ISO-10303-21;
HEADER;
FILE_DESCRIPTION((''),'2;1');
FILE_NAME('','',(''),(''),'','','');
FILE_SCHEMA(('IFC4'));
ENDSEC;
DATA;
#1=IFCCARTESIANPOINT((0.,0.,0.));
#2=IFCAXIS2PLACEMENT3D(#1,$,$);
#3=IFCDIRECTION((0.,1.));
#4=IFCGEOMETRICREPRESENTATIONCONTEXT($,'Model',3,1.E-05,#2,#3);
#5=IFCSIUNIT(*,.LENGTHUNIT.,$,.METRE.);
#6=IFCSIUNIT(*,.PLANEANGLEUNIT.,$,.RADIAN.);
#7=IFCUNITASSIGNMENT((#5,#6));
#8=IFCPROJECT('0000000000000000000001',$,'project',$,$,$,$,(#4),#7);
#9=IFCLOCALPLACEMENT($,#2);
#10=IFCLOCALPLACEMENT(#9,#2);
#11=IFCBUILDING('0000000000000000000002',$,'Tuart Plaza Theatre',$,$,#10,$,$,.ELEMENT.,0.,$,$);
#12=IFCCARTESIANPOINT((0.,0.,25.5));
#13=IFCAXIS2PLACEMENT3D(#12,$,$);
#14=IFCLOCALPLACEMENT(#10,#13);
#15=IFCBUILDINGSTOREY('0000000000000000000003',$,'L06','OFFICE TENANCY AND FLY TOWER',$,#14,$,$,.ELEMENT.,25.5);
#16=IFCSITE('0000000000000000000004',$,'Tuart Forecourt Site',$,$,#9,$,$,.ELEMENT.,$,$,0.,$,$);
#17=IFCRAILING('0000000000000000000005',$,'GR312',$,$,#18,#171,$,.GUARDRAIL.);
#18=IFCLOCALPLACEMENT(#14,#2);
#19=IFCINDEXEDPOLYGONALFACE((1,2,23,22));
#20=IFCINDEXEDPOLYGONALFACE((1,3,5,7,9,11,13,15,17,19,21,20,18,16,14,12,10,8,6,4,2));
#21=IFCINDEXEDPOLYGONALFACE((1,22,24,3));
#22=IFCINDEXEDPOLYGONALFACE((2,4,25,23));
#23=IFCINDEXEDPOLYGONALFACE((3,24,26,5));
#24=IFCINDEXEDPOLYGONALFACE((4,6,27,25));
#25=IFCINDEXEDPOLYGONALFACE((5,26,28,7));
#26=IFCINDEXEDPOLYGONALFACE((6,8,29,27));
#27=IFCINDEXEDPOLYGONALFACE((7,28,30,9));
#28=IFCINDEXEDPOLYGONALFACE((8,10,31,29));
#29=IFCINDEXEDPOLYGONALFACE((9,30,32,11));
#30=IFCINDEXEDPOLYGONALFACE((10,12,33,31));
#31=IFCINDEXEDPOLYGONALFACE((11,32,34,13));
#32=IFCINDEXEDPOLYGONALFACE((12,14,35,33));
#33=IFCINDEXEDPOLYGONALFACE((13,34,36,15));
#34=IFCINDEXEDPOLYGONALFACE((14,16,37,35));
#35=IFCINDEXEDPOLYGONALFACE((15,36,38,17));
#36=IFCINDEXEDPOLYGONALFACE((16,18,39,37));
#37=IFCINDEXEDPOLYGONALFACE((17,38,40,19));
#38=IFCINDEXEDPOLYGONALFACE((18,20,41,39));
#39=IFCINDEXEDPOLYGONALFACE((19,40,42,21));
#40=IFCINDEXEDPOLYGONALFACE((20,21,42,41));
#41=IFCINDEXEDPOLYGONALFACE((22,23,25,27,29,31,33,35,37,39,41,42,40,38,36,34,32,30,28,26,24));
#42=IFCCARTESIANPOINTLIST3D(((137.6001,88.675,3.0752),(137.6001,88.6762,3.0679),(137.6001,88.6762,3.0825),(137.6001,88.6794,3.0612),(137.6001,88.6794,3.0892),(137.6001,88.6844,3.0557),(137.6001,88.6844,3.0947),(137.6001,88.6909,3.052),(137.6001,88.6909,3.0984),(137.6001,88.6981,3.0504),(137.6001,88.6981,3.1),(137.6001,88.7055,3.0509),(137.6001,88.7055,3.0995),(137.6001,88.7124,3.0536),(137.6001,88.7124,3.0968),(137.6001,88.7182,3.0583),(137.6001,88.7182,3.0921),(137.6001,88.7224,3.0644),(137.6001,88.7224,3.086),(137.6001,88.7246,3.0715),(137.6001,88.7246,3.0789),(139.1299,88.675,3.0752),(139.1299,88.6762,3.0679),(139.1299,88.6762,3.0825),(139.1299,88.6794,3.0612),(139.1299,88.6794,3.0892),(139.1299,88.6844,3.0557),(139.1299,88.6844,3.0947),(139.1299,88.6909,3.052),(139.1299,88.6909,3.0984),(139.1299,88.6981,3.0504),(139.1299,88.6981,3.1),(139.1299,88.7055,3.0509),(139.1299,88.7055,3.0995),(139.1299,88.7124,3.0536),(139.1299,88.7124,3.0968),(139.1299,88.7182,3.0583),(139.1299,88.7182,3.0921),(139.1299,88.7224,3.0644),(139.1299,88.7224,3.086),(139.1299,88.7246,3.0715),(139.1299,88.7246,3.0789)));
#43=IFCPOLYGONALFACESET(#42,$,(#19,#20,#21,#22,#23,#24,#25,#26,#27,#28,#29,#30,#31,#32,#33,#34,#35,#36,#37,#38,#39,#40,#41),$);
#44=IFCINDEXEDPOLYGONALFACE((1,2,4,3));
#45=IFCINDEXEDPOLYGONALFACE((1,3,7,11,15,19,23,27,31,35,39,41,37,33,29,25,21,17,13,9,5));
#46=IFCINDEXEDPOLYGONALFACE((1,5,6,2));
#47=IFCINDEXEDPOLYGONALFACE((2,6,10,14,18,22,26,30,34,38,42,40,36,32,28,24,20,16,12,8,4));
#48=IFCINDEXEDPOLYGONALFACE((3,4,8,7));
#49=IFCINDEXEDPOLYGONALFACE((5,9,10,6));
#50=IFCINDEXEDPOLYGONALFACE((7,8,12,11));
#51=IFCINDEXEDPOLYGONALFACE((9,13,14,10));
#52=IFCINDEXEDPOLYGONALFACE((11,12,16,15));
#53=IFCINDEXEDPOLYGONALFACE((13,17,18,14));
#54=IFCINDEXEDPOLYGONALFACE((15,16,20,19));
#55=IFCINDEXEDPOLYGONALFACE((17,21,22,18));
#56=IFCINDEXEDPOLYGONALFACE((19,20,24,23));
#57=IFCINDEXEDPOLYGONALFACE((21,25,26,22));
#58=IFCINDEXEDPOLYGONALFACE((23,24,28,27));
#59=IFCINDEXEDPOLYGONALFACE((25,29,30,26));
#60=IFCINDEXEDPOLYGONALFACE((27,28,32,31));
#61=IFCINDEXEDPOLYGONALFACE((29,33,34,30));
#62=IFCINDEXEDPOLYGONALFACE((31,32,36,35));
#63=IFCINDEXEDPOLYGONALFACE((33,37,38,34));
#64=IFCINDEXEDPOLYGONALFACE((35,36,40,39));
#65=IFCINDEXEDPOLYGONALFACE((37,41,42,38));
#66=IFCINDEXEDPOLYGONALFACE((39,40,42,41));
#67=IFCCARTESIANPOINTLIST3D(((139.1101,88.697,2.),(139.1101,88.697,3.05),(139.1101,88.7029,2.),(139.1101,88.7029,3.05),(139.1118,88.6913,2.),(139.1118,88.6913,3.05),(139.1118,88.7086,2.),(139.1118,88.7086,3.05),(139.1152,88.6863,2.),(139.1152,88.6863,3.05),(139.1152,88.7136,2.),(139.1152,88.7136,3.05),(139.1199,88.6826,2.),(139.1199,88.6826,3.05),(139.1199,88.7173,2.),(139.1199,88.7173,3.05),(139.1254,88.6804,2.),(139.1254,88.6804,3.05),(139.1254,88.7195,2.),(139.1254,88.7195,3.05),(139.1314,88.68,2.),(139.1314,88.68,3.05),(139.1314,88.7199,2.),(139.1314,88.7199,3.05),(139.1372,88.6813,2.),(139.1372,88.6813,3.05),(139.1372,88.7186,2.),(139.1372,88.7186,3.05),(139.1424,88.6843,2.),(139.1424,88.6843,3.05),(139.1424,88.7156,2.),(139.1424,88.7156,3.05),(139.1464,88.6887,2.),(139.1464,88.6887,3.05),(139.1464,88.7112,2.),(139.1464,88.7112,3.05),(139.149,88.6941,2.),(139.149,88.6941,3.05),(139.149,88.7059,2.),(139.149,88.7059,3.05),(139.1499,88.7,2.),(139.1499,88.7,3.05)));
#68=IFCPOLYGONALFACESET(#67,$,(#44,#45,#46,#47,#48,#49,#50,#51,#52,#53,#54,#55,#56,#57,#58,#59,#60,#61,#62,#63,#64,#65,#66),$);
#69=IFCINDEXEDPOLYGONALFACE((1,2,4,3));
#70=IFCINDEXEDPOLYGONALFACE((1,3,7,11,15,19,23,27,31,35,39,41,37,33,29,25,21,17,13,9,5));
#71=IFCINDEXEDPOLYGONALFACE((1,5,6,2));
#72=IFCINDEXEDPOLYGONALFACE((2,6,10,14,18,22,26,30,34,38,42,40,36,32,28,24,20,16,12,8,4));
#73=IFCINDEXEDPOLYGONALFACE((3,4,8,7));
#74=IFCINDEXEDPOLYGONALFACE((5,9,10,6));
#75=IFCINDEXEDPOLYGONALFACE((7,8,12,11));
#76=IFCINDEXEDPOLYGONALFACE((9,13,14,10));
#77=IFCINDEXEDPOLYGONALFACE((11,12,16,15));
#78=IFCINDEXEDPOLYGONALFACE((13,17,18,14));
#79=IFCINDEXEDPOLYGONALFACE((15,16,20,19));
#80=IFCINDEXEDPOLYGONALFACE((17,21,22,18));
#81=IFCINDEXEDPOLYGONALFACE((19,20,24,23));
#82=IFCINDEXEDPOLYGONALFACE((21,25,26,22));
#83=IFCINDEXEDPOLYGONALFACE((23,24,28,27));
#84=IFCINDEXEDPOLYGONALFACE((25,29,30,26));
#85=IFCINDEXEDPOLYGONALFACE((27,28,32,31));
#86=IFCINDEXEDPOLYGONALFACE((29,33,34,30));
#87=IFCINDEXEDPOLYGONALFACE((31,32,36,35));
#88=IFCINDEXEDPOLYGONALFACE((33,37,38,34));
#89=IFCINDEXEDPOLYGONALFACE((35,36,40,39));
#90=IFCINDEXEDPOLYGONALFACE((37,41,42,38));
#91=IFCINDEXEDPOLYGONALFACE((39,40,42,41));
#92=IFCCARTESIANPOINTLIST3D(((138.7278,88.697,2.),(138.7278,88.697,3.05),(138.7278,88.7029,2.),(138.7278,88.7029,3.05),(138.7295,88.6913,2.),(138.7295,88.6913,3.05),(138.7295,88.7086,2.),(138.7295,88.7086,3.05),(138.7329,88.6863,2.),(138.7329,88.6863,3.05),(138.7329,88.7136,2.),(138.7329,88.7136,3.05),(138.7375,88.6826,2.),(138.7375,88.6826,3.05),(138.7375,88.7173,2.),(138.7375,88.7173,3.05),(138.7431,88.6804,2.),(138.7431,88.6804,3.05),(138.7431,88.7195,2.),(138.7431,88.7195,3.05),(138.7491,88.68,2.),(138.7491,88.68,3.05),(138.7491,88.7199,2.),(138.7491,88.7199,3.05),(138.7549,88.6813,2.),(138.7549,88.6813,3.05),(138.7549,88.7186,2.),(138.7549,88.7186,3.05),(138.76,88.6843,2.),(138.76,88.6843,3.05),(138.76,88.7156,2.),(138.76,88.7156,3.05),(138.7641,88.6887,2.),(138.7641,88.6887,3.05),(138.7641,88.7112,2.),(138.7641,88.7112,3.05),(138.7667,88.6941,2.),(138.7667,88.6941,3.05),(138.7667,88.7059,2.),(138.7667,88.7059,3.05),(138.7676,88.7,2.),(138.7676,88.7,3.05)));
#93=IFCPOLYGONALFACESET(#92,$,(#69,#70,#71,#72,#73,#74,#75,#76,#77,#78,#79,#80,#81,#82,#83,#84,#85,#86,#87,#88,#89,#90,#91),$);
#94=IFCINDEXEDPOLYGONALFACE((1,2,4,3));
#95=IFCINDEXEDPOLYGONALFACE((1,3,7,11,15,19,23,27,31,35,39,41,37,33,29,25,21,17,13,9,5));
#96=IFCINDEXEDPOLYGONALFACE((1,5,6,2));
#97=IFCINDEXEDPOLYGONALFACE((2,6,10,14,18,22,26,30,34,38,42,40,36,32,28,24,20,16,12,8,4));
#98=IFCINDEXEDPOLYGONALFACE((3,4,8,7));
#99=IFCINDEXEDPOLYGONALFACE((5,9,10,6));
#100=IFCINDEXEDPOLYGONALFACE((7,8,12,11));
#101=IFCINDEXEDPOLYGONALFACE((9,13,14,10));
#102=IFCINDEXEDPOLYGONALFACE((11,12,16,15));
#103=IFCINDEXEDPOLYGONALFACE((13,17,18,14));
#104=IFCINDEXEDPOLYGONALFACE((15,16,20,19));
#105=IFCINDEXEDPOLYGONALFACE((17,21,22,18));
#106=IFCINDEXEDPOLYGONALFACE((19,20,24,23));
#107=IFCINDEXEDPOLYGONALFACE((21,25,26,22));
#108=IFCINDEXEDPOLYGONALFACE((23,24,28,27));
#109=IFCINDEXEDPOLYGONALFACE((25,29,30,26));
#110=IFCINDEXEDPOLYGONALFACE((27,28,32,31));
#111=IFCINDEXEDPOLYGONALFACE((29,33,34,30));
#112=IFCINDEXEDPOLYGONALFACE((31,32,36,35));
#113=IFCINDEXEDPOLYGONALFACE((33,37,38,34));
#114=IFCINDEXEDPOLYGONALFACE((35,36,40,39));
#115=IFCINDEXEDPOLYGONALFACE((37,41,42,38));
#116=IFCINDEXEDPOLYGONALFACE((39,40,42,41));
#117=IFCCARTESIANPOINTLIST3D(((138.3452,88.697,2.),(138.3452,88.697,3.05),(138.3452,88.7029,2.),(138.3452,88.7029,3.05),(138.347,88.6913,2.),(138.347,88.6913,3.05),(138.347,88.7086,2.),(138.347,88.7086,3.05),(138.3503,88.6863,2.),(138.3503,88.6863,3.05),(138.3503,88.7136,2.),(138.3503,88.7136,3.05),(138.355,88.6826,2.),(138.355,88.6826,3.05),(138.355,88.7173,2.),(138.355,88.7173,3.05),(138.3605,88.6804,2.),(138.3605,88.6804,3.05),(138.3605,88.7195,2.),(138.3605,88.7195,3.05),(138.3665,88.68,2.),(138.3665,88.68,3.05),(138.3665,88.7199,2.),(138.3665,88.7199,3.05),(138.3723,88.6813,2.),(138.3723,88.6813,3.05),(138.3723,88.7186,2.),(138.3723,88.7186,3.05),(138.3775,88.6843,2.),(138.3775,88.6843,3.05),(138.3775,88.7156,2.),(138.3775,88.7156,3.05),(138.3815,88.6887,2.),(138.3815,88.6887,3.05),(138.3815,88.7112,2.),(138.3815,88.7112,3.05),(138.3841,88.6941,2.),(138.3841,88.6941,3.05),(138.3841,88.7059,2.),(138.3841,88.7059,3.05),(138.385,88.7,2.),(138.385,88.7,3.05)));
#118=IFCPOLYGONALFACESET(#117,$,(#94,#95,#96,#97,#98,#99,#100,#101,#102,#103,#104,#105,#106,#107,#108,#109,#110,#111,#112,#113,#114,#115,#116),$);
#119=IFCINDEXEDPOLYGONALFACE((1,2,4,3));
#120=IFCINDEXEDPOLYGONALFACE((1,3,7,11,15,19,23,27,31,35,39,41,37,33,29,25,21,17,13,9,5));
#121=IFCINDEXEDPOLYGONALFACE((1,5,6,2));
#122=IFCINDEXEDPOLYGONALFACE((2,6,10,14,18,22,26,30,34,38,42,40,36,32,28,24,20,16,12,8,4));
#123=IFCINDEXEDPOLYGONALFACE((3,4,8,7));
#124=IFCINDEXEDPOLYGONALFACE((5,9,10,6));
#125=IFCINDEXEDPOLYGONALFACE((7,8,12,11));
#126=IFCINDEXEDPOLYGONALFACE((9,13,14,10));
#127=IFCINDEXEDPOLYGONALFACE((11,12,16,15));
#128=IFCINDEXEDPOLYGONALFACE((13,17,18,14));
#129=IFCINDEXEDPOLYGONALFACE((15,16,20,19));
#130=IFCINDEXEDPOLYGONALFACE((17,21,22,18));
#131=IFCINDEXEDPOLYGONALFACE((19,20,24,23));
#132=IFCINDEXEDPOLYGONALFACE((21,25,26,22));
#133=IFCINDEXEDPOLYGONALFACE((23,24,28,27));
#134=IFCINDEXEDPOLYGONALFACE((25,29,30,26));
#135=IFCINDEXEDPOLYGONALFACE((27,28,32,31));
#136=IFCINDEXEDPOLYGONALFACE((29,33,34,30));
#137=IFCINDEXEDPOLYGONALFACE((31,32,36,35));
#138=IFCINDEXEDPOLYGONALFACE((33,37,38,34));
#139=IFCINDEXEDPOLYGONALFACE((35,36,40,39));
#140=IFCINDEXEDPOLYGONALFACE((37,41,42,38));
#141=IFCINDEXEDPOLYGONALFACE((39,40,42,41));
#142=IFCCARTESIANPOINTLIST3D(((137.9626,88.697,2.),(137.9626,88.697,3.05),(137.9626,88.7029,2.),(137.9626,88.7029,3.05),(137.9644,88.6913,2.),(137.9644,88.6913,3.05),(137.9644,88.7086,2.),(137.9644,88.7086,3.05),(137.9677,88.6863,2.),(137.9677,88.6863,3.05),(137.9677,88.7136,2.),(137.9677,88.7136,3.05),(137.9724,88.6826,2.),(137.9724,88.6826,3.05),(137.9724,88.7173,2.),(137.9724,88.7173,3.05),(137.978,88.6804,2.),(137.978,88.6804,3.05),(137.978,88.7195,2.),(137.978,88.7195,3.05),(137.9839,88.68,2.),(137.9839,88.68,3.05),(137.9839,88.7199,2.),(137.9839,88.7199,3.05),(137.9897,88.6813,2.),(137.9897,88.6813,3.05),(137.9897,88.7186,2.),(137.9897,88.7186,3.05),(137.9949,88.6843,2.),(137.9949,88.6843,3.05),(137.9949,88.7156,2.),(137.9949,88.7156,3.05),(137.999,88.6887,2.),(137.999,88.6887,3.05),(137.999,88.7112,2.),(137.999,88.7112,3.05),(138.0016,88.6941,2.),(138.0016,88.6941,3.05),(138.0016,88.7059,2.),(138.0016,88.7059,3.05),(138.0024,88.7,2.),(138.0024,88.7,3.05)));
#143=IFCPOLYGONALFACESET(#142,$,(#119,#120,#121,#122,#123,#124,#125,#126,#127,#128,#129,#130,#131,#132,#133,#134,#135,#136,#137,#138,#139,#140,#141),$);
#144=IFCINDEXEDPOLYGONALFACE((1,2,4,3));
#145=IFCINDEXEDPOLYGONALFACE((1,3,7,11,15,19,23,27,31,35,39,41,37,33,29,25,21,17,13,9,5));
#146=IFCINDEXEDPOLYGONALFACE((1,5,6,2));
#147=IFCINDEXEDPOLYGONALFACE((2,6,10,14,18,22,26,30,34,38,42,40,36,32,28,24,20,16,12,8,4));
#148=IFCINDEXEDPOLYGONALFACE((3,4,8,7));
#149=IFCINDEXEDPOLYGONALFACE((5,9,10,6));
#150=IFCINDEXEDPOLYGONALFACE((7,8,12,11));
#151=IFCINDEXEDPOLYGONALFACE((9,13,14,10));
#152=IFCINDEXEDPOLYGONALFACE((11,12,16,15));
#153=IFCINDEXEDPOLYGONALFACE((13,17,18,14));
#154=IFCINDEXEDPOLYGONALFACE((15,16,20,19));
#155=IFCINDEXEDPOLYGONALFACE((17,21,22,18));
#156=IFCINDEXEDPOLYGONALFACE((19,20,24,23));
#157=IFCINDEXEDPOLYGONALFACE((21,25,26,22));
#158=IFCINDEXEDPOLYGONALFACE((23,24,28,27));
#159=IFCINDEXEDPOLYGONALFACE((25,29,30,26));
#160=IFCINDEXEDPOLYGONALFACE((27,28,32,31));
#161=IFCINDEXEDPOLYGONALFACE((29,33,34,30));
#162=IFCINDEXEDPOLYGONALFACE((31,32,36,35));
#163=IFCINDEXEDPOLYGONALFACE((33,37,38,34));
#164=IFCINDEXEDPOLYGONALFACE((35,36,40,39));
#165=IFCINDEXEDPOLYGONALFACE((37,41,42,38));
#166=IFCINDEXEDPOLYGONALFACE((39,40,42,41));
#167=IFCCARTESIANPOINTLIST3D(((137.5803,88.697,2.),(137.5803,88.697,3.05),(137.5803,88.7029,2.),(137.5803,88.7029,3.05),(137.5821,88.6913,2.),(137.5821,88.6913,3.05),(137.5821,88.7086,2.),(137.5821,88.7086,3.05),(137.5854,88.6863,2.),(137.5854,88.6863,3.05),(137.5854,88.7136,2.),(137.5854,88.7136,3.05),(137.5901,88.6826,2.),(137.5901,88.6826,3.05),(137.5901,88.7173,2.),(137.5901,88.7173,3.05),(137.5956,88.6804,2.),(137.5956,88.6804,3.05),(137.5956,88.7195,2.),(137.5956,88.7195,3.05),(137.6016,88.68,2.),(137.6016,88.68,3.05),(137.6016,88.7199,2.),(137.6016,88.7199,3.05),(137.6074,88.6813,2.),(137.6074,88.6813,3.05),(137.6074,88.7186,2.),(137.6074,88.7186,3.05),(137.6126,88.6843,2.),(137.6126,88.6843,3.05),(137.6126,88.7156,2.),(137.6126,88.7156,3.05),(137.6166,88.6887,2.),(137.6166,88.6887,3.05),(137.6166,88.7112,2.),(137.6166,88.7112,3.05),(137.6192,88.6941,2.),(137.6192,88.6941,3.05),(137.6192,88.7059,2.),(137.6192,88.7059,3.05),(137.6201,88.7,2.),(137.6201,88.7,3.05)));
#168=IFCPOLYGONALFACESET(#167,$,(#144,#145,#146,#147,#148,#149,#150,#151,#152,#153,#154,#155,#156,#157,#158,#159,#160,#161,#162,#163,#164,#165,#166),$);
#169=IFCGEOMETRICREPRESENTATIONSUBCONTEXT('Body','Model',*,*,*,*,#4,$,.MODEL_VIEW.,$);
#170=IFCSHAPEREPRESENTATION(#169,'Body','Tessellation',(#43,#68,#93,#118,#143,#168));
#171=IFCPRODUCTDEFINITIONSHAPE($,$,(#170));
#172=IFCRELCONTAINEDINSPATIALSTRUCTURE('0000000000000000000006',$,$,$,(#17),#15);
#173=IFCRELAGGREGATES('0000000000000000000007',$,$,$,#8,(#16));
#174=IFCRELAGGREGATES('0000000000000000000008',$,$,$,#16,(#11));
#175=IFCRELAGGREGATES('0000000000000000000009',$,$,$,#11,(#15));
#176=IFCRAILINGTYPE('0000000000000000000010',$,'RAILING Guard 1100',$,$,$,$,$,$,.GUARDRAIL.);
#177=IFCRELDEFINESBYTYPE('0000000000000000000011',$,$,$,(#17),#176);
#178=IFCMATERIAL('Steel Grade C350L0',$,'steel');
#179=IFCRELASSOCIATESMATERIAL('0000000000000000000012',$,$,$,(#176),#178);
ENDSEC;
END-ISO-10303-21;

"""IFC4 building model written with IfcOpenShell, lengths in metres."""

from ifc_helpers import new_model, si_unit, direction, frame, origin, origin_2d, place, context, subcontext, project, spatial, circle, extrude, material, type_object, element, save


model = new_model("IFC4")

# Units and contexts
model_context = context("Model", 3, precision=1e-05, world=origin(), true_north=direction((0.0, 1.0)))
body_context = subcontext(model_context, "Body", "Model", "MODEL_VIEW")
ifc_project = project(units=[si_unit("LENGTHUNIT", "METRE"), si_unit("PLANEANGLEUNIT", "RADIAN")], contexts=[model_context])

# Site, building, storey
site_placement = place(None, origin())
site = spatial("IfcSite", under=ifc_project, at=site_placement, Name="Tuart Forecourt Site", CompositionType="ELEMENT", RefElevation=0.0)
building_placement = place(site_placement, origin())
building = spatial("IfcBuilding", under=site, at=building_placement, Name="Tuart Plaza Theatre", CompositionType="ELEMENT", ElevationOfRefHeight=0.0)
storey_placement = place(building_placement, frame((0.0, 0.0, 25.5)))
storey = spatial("IfcBuildingStorey", under=building, at=storey_placement, Name="L06", Description="OFFICE TENANCY AND FLY TOWER", CompositionType="ELEMENT", Elevation=25.5)

# Railing
ifc_material_1 = material(Name="Steel Grade C350L0", Category="steel")
railing_type_1 = type_object("IfcRailingType", Name="RAILING Guard 1100", PredefinedType="GUARDRAIL", material=ifc_material_1)
railing_1_placement = place(storey_placement, frame((139.1299, 88.7, 2.0)))
element("IfcRailing", 1, at=railing_1_placement, inside=storey, type_object=railing_type_1, Name="GR312", PredefinedType="GUARDRAIL", context=body_context, shape_type="SweptSolid", body=[
    extrude(circle(Radius=0.0249, at=origin_2d()), frame((0.0, 0.0, 1.0752), z_axis=(-1.0, 0.0, 0.0), x_axis=(0.0, -1.0, 0.0)), (0.0, 0.0, 1.0), 1.5298),
    extrude(circle(Radius=0.02, at=origin_2d()), origin(), (0.0, 0.0, 1.0), 1.05),
    extrude(circle(Radius=0.02, at=origin_2d()), frame((-0.3823, 0.0, 0.0)), (0.0, 0.0, 1.0), 1.05),
    extrude(circle(Radius=0.02, at=origin_2d()), frame((-0.7649, 0.0, 0.0)), (0.0, 0.0, 1.0), 1.05),
    extrude(circle(Radius=0.02, at=origin_2d()), frame((-1.1475, 0.0, 0.0)), (0.0, 0.0, 1.0), 1.05),
    extrude(circle(Radius=0.02, at=origin_2d()), frame((-1.5298, 0.0, 0.0)), (0.0, 0.0, 1.0), 1.05),
])

save(model, "model.ifc")
